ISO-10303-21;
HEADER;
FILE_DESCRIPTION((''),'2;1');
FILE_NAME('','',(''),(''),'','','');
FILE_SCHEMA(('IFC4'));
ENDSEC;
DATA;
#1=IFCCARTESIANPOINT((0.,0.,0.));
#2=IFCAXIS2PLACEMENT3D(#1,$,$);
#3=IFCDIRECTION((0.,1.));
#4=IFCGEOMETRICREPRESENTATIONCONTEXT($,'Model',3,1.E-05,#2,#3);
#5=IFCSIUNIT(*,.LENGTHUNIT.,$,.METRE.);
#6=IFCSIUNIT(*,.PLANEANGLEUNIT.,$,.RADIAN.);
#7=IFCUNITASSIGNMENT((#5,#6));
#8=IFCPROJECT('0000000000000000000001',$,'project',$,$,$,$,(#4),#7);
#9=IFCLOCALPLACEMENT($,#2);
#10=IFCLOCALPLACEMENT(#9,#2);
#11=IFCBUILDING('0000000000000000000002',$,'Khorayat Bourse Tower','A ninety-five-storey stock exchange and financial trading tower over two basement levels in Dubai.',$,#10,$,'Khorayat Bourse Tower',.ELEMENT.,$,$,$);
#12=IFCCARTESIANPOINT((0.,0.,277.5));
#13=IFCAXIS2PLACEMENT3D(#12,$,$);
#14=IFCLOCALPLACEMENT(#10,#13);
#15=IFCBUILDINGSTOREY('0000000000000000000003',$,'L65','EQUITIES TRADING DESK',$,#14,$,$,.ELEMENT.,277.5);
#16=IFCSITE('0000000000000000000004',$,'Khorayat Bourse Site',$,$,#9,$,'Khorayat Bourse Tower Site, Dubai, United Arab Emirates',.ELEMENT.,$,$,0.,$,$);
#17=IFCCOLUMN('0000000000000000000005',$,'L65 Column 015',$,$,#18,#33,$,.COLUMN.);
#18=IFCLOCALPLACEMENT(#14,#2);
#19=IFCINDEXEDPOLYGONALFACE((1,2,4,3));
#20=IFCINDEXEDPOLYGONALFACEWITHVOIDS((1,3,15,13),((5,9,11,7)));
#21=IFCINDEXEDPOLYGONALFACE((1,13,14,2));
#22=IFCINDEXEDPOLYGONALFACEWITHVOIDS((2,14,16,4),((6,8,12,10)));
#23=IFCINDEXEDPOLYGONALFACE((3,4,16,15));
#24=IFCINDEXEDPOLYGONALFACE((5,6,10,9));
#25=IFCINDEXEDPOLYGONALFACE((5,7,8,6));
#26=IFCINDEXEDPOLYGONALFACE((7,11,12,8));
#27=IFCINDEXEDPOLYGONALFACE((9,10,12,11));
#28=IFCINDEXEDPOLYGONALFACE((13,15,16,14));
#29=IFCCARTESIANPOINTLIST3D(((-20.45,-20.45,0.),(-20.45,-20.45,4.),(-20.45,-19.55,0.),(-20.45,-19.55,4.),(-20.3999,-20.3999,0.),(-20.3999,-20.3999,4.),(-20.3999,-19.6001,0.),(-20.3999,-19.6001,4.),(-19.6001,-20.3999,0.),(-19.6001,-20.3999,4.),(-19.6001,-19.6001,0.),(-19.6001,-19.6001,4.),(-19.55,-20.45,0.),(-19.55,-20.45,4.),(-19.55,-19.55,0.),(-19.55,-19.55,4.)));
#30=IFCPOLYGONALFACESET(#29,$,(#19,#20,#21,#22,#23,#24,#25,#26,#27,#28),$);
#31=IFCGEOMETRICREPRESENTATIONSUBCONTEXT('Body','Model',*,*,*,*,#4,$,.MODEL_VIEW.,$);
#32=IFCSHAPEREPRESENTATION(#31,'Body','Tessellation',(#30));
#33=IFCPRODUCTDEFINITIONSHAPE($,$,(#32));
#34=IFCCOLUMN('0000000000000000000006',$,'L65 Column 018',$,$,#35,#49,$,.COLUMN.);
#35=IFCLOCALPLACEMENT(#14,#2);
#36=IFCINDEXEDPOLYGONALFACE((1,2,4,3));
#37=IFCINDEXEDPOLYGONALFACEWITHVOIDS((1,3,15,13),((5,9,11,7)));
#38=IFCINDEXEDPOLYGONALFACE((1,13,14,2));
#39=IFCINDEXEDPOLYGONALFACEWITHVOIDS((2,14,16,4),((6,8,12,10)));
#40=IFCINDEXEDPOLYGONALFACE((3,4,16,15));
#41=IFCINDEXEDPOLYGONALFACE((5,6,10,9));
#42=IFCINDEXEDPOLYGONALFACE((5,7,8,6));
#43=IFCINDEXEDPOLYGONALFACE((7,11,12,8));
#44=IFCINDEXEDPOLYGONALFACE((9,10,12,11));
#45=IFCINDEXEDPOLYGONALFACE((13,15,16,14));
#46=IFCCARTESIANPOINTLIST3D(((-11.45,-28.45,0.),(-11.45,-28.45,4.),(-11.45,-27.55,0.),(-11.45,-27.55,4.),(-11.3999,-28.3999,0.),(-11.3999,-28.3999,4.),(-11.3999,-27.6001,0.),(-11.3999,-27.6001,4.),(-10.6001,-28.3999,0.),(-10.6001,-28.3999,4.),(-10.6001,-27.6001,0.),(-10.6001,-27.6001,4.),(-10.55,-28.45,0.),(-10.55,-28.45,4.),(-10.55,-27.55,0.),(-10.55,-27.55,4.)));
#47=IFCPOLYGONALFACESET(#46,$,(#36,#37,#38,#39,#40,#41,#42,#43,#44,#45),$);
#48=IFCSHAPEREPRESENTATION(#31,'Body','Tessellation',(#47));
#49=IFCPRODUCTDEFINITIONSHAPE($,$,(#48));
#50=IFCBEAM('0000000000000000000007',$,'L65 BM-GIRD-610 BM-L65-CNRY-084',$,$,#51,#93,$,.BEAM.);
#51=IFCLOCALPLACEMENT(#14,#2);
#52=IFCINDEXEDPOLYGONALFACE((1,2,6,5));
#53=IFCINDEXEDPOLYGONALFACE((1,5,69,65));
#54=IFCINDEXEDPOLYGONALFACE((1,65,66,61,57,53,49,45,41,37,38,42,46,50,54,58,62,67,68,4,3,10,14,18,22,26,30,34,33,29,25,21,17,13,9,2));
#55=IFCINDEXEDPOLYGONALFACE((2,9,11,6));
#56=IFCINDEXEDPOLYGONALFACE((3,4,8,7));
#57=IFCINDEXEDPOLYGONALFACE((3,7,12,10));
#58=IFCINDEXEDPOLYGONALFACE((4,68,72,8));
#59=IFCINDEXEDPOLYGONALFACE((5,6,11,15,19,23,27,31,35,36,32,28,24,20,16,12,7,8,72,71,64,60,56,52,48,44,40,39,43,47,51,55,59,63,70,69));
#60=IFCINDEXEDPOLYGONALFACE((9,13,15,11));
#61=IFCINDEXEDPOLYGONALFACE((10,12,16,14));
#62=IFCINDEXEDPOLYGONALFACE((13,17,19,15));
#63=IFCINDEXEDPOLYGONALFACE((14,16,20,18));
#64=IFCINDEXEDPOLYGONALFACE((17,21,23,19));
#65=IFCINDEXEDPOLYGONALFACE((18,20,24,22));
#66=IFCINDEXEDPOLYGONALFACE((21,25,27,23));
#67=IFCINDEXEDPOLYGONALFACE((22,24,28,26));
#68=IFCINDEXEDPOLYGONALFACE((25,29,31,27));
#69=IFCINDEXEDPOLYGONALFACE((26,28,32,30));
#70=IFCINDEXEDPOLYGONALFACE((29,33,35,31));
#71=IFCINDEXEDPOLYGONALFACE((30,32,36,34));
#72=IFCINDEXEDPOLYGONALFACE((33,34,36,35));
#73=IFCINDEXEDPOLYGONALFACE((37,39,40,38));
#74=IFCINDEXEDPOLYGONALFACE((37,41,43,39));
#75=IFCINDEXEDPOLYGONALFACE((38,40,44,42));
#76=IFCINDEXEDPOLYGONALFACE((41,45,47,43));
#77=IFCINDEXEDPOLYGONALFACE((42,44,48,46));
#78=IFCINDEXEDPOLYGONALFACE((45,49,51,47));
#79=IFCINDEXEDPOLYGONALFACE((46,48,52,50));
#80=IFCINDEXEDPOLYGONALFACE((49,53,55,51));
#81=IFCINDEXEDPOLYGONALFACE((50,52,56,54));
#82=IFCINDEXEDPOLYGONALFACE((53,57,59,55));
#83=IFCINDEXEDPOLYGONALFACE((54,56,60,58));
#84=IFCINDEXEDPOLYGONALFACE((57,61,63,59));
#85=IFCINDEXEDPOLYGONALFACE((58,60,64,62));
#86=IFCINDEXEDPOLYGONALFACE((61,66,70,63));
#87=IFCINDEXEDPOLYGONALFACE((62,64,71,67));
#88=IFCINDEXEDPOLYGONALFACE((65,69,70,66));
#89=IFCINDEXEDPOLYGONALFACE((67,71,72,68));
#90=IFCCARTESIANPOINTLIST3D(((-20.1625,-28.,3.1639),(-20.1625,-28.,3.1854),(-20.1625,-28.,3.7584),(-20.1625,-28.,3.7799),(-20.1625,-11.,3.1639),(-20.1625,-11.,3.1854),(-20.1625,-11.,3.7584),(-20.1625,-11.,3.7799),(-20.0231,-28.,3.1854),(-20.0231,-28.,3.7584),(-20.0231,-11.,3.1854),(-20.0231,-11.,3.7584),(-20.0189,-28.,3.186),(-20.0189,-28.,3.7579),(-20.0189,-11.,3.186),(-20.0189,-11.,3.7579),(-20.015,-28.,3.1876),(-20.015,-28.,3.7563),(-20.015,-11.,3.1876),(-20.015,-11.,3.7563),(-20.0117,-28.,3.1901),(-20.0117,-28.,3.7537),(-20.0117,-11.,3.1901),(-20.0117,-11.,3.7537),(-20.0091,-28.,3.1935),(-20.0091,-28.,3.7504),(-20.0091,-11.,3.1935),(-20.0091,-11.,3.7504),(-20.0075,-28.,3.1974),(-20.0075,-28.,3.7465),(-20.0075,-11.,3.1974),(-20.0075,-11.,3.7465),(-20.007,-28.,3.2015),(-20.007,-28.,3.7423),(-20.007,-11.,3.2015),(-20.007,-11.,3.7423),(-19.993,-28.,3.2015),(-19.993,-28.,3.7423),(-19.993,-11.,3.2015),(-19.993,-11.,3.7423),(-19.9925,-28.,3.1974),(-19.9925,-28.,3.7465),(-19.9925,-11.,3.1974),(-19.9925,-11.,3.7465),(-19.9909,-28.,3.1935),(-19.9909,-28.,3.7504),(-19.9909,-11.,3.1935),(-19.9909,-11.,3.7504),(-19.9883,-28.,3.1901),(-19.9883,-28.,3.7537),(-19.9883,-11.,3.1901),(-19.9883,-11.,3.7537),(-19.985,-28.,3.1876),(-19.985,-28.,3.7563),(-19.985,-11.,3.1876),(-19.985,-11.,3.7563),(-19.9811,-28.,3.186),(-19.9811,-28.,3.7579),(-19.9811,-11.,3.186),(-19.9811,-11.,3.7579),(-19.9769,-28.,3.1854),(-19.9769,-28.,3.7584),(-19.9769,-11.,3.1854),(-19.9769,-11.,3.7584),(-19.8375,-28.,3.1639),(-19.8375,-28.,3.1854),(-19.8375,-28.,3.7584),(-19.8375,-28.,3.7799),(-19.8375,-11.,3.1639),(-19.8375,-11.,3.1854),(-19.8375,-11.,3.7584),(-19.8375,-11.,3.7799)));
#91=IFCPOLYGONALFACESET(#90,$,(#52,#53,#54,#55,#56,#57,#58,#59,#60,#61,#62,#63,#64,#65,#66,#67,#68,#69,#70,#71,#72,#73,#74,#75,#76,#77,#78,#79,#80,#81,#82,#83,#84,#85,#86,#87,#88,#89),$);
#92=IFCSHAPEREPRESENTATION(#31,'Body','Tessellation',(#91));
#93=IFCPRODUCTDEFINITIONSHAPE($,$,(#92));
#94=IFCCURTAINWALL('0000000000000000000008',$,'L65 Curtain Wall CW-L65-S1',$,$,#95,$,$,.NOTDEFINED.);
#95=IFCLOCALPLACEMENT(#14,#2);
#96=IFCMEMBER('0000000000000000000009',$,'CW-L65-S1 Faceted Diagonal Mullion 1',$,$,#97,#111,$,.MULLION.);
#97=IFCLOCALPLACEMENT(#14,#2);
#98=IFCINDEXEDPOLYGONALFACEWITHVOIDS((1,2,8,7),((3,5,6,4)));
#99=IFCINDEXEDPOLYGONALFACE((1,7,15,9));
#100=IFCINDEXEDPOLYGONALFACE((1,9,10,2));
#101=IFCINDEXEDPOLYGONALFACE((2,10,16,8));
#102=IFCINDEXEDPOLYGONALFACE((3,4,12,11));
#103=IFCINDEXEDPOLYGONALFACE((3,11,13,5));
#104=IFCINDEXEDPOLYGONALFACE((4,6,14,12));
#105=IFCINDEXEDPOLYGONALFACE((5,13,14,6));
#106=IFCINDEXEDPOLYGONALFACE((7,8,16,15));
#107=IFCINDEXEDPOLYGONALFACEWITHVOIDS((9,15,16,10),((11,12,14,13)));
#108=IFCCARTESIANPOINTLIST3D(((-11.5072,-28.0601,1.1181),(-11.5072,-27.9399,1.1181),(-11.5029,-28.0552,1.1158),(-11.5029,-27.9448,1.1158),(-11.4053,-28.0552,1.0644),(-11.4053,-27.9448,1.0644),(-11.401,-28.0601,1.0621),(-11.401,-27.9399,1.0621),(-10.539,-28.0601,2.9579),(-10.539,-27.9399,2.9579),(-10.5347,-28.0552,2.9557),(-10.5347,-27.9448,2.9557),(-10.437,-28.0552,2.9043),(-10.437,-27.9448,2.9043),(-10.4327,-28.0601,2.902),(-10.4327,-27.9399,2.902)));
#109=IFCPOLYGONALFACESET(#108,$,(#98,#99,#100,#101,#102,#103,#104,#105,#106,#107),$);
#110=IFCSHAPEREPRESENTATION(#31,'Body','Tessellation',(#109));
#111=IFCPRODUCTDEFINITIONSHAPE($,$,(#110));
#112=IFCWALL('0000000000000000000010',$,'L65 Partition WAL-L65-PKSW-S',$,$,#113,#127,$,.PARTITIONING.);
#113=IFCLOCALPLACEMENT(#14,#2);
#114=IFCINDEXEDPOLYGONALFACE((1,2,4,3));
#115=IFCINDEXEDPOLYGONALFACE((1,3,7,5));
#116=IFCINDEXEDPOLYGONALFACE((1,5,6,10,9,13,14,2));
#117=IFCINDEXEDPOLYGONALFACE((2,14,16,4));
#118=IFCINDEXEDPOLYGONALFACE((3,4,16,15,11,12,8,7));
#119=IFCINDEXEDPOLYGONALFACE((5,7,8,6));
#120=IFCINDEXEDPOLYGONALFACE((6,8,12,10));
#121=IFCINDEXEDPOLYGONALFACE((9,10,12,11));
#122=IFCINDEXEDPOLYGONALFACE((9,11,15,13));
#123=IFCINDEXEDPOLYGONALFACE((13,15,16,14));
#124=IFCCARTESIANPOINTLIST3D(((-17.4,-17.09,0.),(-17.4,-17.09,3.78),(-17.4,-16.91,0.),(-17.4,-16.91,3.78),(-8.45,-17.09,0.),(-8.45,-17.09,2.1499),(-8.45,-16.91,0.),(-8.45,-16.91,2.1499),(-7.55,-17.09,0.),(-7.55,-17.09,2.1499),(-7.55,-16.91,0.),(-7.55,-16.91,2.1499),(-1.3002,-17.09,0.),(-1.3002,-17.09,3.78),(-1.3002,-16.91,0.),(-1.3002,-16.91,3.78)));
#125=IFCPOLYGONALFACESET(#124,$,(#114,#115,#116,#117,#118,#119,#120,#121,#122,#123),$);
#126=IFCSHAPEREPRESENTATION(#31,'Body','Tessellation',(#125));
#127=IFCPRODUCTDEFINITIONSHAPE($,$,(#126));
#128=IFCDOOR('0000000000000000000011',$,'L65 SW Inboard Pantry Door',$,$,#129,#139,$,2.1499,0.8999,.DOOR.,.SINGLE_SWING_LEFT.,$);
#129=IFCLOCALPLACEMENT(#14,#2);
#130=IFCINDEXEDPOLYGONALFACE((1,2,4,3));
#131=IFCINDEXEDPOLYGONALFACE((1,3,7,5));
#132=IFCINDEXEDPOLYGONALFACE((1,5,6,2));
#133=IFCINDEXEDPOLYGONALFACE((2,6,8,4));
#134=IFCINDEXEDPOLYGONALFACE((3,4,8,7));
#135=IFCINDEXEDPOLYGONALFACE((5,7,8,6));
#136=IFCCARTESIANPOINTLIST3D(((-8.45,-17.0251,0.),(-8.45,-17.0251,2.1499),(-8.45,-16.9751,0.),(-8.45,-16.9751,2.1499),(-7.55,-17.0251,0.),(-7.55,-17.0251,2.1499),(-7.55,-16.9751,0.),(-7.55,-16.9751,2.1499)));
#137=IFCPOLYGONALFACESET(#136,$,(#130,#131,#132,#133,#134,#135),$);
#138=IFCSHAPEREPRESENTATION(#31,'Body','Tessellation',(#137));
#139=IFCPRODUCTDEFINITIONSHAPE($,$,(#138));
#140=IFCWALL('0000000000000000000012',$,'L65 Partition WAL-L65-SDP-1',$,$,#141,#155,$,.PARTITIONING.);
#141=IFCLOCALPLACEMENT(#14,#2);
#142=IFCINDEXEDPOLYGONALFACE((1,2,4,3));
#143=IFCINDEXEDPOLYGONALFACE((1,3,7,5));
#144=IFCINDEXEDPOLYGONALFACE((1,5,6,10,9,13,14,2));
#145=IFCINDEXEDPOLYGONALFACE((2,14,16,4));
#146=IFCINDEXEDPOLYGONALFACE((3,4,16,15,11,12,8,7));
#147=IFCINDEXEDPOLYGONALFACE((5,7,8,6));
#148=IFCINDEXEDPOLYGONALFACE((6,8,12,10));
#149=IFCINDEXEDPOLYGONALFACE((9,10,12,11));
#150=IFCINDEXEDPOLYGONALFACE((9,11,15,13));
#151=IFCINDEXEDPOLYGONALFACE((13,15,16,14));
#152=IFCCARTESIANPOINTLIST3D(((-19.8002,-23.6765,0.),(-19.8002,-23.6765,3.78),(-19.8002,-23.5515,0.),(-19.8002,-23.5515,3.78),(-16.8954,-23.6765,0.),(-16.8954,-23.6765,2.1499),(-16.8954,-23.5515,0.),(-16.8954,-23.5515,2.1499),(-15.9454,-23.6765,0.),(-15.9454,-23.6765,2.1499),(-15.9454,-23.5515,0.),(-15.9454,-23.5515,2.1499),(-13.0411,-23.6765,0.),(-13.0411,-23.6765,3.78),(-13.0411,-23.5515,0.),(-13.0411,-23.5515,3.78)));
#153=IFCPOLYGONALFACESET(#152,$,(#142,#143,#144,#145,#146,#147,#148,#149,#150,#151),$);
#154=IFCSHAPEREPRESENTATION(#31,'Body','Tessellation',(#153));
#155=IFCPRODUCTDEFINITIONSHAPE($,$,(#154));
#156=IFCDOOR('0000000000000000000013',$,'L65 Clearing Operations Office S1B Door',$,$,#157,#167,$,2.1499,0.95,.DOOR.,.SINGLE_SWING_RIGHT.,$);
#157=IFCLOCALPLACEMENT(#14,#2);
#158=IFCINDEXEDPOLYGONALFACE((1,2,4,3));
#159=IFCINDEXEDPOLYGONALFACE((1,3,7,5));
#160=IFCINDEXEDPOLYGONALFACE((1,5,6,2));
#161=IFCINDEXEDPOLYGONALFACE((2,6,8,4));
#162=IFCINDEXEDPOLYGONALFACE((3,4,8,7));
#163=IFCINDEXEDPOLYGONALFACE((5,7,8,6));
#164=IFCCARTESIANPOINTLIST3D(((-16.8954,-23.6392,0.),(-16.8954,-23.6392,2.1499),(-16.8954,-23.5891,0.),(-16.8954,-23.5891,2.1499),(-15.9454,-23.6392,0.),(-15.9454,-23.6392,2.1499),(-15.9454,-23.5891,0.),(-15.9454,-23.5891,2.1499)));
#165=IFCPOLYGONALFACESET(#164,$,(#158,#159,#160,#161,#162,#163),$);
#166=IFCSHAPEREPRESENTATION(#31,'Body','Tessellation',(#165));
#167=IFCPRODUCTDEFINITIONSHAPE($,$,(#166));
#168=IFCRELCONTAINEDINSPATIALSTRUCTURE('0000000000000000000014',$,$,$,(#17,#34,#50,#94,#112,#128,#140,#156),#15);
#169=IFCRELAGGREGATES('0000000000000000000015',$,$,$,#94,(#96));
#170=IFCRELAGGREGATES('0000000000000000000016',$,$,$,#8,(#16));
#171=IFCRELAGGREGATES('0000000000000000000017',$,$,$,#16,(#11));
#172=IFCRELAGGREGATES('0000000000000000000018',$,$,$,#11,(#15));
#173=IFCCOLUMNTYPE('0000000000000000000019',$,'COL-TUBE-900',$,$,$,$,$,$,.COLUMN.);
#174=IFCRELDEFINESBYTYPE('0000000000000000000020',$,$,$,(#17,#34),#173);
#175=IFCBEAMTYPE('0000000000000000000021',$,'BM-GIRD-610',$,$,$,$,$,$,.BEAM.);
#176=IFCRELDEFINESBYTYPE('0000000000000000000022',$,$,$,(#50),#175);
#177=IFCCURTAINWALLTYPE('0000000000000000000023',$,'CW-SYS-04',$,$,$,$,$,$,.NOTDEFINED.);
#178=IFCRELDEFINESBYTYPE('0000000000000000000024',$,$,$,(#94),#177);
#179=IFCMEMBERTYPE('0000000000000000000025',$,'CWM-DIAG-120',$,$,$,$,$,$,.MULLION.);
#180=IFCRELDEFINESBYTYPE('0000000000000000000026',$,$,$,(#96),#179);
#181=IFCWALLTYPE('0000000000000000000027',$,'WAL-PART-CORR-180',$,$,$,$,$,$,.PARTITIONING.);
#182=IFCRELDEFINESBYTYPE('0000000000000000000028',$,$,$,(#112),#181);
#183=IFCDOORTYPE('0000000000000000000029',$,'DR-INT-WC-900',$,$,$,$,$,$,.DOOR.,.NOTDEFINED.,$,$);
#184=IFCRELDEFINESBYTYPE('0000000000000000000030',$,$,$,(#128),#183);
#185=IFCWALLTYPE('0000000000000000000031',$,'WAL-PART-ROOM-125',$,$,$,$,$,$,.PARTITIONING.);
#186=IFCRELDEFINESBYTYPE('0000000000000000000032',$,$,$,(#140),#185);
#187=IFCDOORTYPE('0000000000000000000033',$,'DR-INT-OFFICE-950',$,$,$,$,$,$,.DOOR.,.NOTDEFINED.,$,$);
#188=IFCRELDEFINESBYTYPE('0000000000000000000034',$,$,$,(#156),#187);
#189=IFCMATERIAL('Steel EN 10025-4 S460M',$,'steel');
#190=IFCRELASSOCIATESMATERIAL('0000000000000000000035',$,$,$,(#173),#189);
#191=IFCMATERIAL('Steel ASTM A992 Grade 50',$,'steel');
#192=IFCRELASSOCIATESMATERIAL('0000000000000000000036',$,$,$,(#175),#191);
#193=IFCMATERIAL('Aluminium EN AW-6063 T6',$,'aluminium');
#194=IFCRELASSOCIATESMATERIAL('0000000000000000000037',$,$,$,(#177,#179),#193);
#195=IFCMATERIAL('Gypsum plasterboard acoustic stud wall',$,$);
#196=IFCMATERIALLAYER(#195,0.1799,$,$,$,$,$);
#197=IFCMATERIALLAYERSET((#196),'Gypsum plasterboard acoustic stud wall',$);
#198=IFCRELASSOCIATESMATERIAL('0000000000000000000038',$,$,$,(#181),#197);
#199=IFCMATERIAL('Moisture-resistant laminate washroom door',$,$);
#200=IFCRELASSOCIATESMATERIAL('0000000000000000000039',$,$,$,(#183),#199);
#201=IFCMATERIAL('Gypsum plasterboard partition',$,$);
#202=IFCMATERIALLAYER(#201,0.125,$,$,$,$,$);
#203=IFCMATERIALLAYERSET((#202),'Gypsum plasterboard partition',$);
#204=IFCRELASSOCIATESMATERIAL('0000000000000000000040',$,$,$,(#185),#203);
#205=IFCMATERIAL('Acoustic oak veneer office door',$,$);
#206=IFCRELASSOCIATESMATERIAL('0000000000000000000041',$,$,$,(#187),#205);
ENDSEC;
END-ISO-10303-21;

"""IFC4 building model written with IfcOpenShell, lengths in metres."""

from ifc_helpers import new_model, si_unit, direction, frame, frame_2d, origin, origin_2d, place, context, subcontext, project, spatial, rectangle, hollow_rectangle, i_section, extrude, source, transform, mapped, material, layer, layer_set, material_profile, profile_set, type_object, element, fill, aggregate, save


model = new_model("IFC4")

# Units and contexts
model_context = context("Model", 3, precision=1e-05, world=origin(), true_north=direction((0.0, 1.0)))
body_context = subcontext(model_context, "Body", "Model", "MODEL_VIEW")
ifc_project = project(units=[si_unit("LENGTHUNIT", "METRE"), si_unit("PLANEANGLEUNIT", "RADIAN")], contexts=[model_context])

# Site, building, storey
site_placement = place(None, origin())
site = spatial("IfcSite", under=ifc_project, at=site_placement, Name="Khorayat Bourse Site", LongName="Khorayat Bourse Tower Site, Dubai, United Arab Emirates", CompositionType="ELEMENT", RefElevation=0.0)
building_placement = place(site_placement, origin())
building = spatial("IfcBuilding", under=site, at=building_placement, Name="Khorayat Bourse Tower", Description="A ninety-five-storey stock exchange and financial trading tower over two basement levels in Dubai.", LongName="Khorayat Bourse Tower", CompositionType="ELEMENT")
storey_placement = place(building_placement, frame((0.0, 0.0, 277.5)))
storey = spatial("IfcBuildingStorey", under=building, at=storey_placement, Name="L65", Description="EQUITIES TRADING DESK", CompositionType="ELEMENT", Elevation=277.5)

# Columns
ifc_material_1 = material(Name="Steel EN 10025-4 S460M", Category="steel")
ifc_material_profile_1 = material_profile(ifc_material_1, hollow_rectangle(XDim=0.8999, YDim=0.8999, WallThickness=0.05, at=origin_2d()), Name="BOX 900x900x50")
ifc_profile_set_1 = profile_set([ifc_material_profile_1], Name="Steel EN 10025-4 S460M")
column_type = type_object("IfcColumnType", Name="COL-TUBE-900", PredefinedType="COLUMN", material=ifc_profile_set_1)
shared_shape_1 = source(origin(), body_context, "Body", "SweptSolid", [
    extrude(hollow_rectangle(XDim=0.8999, YDim=0.8999, WallThickness=0.05, at=origin_2d()), origin(), (0.0, 0.0, 1.0), 4.0),
])
for number, where, z_axis, x_axis, name in (
    (1, (-20.0, -20.0, 0.0), (0.0, 0.0, 1.0), (1.0, 0.0, 0.0), "L65 Column 015"),
    (2, (-11.0, -28.0, 0.0), (0.0, 0.0, 1.0), (1.0, 0.0, 0.0), "L65 Column 018"),
):
    element("IfcColumn", number, at=place(storey_placement, frame(where, z_axis=z_axis, x_axis=x_axis)), inside=storey, type_object=column_type, Name=name, PredefinedType="COLUMN", context=body_context, shape_type="MappedRepresentation", body=[
        mapped(shared_shape_1, transform((0.0, 0.0, 0.0), scale=1.0)),
    ])

# Beam
ifc_material_2 = material(Name="Steel ASTM A992 Grade 50", Category="steel")
ifc_material_profile_2 = material_profile(ifc_material_2, i_section(OverallWidth=0.325, OverallDepth=0.616, WebThickness=0.0139, FlangeThickness=0.0215, FilletRadius=0.0161, at=origin_2d()), Name="W610X174")
ifc_profile_set_2 = profile_set([ifc_material_profile_2], Name="Steel ASTM A992 Grade 50")
beam_type = type_object("IfcBeamType", Name="BM-GIRD-610", PredefinedType="BEAM", material=ifc_profile_set_2)
shared_shape_2 = source(origin(), body_context, "Body", "SweptSolid", [
    extrude(i_section(OverallWidth=0.325, OverallDepth=0.616, WebThickness=0.0139, FlangeThickness=0.0215, FilletRadius=0.0161, at=origin_2d()), origin(), (0.0, 0.0, 1.0), 17.0),
])
beam_placement = place(storey_placement, frame((-20.0, -28.0, 3.4719), z_axis=(0.0, 1.0, 0.0), x_axis=(-1.0, 0.0, 0.0)))
element("IfcBeam", 3, at=beam_placement, inside=storey, type_object=beam_type, Name="L65 BM-GIRD-610 BM-L65-CNRY-084", PredefinedType="BEAM", context=body_context, shape_type="MappedRepresentation", body=[
    mapped(shared_shape_2, transform((0.0, 0.0, 0.0), scale=1.0)),
])

# Curtain wall, member
ifc_material_3 = material(Name="Aluminium EN AW-6063 T6", Category="aluminium")
curtain_wall_type = type_object("IfcCurtainWallType", Name="CW-SYS-04", PredefinedType="NOTDEFINED", material=ifc_material_3)
curtain_wall_placement = place(storey_placement, origin())
curtain_wall = element("IfcCurtainWall", 4, at=curtain_wall_placement, inside=storey, type_object=curtain_wall_type, Name="L65 Curtain Wall CW-L65-S1", PredefinedType="NOTDEFINED")
ifc_material_profile_3 = material_profile(ifc_material_3, hollow_rectangle(XDim=0.1201, YDim=0.1201, WallThickness=0.0049, at=origin_2d()), Name="ALU 120x120x5")
ifc_profile_set_3 = profile_set([ifc_material_profile_3], Name="Aluminium EN AW-6063 T6")
member_type = type_object("IfcMemberType", Name="CWM-DIAG-120", PredefinedType="MULLION", material=ifc_profile_set_3)
shared_shape_3 = source(origin(), body_context, "Body", "SweptSolid", [
    extrude(hollow_rectangle(XDim=0.1201, YDim=0.1201, WallThickness=0.0049, at=origin_2d()), origin(), (0.0, 0.0, 1.0), 2.0791),
])
member_placement = place(storey_placement, frame((-11.4541, -28.0, 1.0901), z_axis=(0.465717, 0.0, 0.884934), x_axis=(0.0, 1.0, 0.0)))
member = element("IfcMember", 5, at=member_placement, type_object=member_type, Name="CW-L65-S1 Faceted Diagonal Mullion 1", PredefinedType="MULLION", context=body_context, shape_type="MappedRepresentation", body=[
    mapped(shared_shape_3, transform((0.0, 0.0, 0.0), scale=1.0)),
])
aggregate(curtain_wall, [member])

# Walls, openings, doors
ifc_material_4 = material(Name="Gypsum plasterboard acoustic stud wall")
ifc_layer_1 = layer(ifc_material_4, 0.1799)
ifc_layer_set_1 = layer_set([ifc_layer_1], Name="Gypsum plasterboard acoustic stud wall")
wall_type_1 = type_object("IfcWallType", Name="WAL-PART-CORR-180", PredefinedType="PARTITIONING", material=ifc_layer_set_1)
shared_shape_4 = source(origin(), body_context, "Body", "SweptSolid", [
    extrude(rectangle(XDim=16.0999, YDim=0.1799, at=frame_2d((8.0498, 0.0))), origin(), (0.0, 0.0, 1.0), 3.78),
])
wall_1_placement = place(storey_placement, frame((-17.3999, -17.0, 0.0), z_axis=(0.0, 0.0, 1.0), x_axis=(1.0, 0.0, 0.0)))
wall_1 = element("IfcWall", 6, at=wall_1_placement, inside=storey, type_object=wall_type_1, Name="L65 Partition WAL-L65-PKSW-S", PredefinedType="PARTITIONING", context=body_context, shape_type="MappedRepresentation", body=[
    mapped(shared_shape_4, transform((0.0, 0.0, 0.0), scale=1.0)),
])
shared_shape_5 = source(origin(), body_context, "Body", "SweptSolid", [
    extrude(rectangle(XDim=0.8999, YDim=2.1499, at=frame_2d((0.45, 1.075))), frame((0.0, 0.0999, 0.0), z_axis=(0.0, -1.0, 0.0), x_axis=(1.0, 0.0, 0.0)), (0.0, 0.0, 1.0), 0.2),
])
opening_1_placement = place(wall_1_placement, frame((8.95, 0.0, 0.0)))
opening_1 = element("IfcOpeningElement", 7, at=opening_1_placement, cuts=wall_1, PredefinedType="OPENING", context=body_context, shape_type="MappedRepresentation", body=[
    mapped(shared_shape_5, transform((0.0, 0.0, 0.0), scale=1.0)),
])
ifc_material_5 = material(Name="Moisture-resistant laminate washroom door")
door_type_1 = type_object("IfcDoorType", Name="DR-INT-WC-900", OperationType="NOTDEFINED", PredefinedType="DOOR", material=ifc_material_5)
shared_shape_6 = source(origin(), body_context, "Body", "SweptSolid", [
    extrude(rectangle(XDim=0.8999, YDim=2.1499, at=frame_2d((0.45, 1.075))), frame((0.0, 0.0249, 0.0), z_axis=(0.0, -1.0, 0.0), x_axis=(1.0, 0.0, 0.0)), (0.0, 0.0, 1.0), 0.05),
])
door_1_placement = place(opening_1_placement, origin())
door_1 = element("IfcDoor", 8, at=door_1_placement, inside=storey, type_object=door_type_1, Name="L65 SW Inboard Pantry Door", OperationType="SINGLE_SWING_LEFT", OverallHeight=2.1499, OverallWidth=0.8999, PredefinedType="DOOR", context=body_context, shape_type="MappedRepresentation", body=[
    mapped(shared_shape_6, transform((0.0, 0.0, 0.0), scale=1.0)),
])
fill(opening_1, door_1)
ifc_material_6 = material(Name="Gypsum plasterboard partition")
ifc_layer_2 = layer(ifc_material_6, 0.125)
ifc_layer_set_2 = layer_set([ifc_layer_2], Name="Gypsum plasterboard partition")
wall_type_2 = type_object("IfcWallType", Name="WAL-PART-ROOM-125", PredefinedType="PARTITIONING", material=ifc_layer_set_2)
shared_shape_7 = source(origin(), body_context, "Body", "SweptSolid", [
    extrude(rectangle(XDim=6.759, YDim=0.125, at=frame_2d((3.3794, 0.0))), origin(), (0.0, 0.0, 1.0), 3.78),
])
wall_2_placement = place(storey_placement, frame((-19.8, -23.614, 0.0), z_axis=(0.0, 0.0, 1.0), x_axis=(1.0, 0.0, 0.0)))
wall_2 = element("IfcWall", 9, at=wall_2_placement, inside=storey, type_object=wall_type_2, Name="L65 Partition WAL-L65-SDP-1", PredefinedType="PARTITIONING", context=body_context, shape_type="MappedRepresentation", body=[
    mapped(shared_shape_7, transform((0.0, 0.0, 0.0), scale=1.0)),
])
shared_shape_8 = source(origin(), body_context, "Body", "SweptSolid", [
    extrude(rectangle(XDim=0.95, YDim=2.1499, at=frame_2d((0.4751, 1.075))), frame((0.0, 0.0725, 0.0), z_axis=(0.0, -1.0, 0.0), x_axis=(1.0, 0.0, 0.0)), (0.0, 0.0, 1.0), 0.145),
])
opening_2_placement = place(wall_2_placement, frame((2.9045, 0.0, 0.0)))
opening_2 = element("IfcOpeningElement", 10, at=opening_2_placement, cuts=wall_2, PredefinedType="OPENING", context=body_context, shape_type="MappedRepresentation", body=[
    mapped(shared_shape_8, transform((0.0, 0.0, 0.0), scale=1.0)),
])
ifc_material_7 = material(Name="Acoustic oak veneer office door")
door_type_2 = type_object("IfcDoorType", Name="DR-INT-OFFICE-950", OperationType="NOTDEFINED", PredefinedType="DOOR", material=ifc_material_7)
shared_shape_9 = source(origin(), body_context, "Body", "SweptSolid", [
    extrude(rectangle(XDim=0.95, YDim=2.1499, at=frame_2d((0.4751, 1.075))), frame((0.0, 0.0249, 0.0), z_axis=(0.0, -1.0, 0.0), x_axis=(1.0, 0.0, 0.0)), (0.0, 0.0, 1.0), 0.05),
])
door_2_placement = place(opening_2_placement, origin())
door_2 = element("IfcDoor", 11, at=door_2_placement, inside=storey, type_object=door_type_2, Name="L65 Clearing Operations Office S1B Door", OperationType="SINGLE_SWING_RIGHT", OverallHeight=2.1499, OverallWidth=0.95, PredefinedType="DOOR", context=body_context, shape_type="MappedRepresentation", body=[
    mapped(shared_shape_9, transform((0.0, 0.0, 0.0), scale=1.0)),
])
fill(opening_2, door_2)

save(model, "model.ifc")
